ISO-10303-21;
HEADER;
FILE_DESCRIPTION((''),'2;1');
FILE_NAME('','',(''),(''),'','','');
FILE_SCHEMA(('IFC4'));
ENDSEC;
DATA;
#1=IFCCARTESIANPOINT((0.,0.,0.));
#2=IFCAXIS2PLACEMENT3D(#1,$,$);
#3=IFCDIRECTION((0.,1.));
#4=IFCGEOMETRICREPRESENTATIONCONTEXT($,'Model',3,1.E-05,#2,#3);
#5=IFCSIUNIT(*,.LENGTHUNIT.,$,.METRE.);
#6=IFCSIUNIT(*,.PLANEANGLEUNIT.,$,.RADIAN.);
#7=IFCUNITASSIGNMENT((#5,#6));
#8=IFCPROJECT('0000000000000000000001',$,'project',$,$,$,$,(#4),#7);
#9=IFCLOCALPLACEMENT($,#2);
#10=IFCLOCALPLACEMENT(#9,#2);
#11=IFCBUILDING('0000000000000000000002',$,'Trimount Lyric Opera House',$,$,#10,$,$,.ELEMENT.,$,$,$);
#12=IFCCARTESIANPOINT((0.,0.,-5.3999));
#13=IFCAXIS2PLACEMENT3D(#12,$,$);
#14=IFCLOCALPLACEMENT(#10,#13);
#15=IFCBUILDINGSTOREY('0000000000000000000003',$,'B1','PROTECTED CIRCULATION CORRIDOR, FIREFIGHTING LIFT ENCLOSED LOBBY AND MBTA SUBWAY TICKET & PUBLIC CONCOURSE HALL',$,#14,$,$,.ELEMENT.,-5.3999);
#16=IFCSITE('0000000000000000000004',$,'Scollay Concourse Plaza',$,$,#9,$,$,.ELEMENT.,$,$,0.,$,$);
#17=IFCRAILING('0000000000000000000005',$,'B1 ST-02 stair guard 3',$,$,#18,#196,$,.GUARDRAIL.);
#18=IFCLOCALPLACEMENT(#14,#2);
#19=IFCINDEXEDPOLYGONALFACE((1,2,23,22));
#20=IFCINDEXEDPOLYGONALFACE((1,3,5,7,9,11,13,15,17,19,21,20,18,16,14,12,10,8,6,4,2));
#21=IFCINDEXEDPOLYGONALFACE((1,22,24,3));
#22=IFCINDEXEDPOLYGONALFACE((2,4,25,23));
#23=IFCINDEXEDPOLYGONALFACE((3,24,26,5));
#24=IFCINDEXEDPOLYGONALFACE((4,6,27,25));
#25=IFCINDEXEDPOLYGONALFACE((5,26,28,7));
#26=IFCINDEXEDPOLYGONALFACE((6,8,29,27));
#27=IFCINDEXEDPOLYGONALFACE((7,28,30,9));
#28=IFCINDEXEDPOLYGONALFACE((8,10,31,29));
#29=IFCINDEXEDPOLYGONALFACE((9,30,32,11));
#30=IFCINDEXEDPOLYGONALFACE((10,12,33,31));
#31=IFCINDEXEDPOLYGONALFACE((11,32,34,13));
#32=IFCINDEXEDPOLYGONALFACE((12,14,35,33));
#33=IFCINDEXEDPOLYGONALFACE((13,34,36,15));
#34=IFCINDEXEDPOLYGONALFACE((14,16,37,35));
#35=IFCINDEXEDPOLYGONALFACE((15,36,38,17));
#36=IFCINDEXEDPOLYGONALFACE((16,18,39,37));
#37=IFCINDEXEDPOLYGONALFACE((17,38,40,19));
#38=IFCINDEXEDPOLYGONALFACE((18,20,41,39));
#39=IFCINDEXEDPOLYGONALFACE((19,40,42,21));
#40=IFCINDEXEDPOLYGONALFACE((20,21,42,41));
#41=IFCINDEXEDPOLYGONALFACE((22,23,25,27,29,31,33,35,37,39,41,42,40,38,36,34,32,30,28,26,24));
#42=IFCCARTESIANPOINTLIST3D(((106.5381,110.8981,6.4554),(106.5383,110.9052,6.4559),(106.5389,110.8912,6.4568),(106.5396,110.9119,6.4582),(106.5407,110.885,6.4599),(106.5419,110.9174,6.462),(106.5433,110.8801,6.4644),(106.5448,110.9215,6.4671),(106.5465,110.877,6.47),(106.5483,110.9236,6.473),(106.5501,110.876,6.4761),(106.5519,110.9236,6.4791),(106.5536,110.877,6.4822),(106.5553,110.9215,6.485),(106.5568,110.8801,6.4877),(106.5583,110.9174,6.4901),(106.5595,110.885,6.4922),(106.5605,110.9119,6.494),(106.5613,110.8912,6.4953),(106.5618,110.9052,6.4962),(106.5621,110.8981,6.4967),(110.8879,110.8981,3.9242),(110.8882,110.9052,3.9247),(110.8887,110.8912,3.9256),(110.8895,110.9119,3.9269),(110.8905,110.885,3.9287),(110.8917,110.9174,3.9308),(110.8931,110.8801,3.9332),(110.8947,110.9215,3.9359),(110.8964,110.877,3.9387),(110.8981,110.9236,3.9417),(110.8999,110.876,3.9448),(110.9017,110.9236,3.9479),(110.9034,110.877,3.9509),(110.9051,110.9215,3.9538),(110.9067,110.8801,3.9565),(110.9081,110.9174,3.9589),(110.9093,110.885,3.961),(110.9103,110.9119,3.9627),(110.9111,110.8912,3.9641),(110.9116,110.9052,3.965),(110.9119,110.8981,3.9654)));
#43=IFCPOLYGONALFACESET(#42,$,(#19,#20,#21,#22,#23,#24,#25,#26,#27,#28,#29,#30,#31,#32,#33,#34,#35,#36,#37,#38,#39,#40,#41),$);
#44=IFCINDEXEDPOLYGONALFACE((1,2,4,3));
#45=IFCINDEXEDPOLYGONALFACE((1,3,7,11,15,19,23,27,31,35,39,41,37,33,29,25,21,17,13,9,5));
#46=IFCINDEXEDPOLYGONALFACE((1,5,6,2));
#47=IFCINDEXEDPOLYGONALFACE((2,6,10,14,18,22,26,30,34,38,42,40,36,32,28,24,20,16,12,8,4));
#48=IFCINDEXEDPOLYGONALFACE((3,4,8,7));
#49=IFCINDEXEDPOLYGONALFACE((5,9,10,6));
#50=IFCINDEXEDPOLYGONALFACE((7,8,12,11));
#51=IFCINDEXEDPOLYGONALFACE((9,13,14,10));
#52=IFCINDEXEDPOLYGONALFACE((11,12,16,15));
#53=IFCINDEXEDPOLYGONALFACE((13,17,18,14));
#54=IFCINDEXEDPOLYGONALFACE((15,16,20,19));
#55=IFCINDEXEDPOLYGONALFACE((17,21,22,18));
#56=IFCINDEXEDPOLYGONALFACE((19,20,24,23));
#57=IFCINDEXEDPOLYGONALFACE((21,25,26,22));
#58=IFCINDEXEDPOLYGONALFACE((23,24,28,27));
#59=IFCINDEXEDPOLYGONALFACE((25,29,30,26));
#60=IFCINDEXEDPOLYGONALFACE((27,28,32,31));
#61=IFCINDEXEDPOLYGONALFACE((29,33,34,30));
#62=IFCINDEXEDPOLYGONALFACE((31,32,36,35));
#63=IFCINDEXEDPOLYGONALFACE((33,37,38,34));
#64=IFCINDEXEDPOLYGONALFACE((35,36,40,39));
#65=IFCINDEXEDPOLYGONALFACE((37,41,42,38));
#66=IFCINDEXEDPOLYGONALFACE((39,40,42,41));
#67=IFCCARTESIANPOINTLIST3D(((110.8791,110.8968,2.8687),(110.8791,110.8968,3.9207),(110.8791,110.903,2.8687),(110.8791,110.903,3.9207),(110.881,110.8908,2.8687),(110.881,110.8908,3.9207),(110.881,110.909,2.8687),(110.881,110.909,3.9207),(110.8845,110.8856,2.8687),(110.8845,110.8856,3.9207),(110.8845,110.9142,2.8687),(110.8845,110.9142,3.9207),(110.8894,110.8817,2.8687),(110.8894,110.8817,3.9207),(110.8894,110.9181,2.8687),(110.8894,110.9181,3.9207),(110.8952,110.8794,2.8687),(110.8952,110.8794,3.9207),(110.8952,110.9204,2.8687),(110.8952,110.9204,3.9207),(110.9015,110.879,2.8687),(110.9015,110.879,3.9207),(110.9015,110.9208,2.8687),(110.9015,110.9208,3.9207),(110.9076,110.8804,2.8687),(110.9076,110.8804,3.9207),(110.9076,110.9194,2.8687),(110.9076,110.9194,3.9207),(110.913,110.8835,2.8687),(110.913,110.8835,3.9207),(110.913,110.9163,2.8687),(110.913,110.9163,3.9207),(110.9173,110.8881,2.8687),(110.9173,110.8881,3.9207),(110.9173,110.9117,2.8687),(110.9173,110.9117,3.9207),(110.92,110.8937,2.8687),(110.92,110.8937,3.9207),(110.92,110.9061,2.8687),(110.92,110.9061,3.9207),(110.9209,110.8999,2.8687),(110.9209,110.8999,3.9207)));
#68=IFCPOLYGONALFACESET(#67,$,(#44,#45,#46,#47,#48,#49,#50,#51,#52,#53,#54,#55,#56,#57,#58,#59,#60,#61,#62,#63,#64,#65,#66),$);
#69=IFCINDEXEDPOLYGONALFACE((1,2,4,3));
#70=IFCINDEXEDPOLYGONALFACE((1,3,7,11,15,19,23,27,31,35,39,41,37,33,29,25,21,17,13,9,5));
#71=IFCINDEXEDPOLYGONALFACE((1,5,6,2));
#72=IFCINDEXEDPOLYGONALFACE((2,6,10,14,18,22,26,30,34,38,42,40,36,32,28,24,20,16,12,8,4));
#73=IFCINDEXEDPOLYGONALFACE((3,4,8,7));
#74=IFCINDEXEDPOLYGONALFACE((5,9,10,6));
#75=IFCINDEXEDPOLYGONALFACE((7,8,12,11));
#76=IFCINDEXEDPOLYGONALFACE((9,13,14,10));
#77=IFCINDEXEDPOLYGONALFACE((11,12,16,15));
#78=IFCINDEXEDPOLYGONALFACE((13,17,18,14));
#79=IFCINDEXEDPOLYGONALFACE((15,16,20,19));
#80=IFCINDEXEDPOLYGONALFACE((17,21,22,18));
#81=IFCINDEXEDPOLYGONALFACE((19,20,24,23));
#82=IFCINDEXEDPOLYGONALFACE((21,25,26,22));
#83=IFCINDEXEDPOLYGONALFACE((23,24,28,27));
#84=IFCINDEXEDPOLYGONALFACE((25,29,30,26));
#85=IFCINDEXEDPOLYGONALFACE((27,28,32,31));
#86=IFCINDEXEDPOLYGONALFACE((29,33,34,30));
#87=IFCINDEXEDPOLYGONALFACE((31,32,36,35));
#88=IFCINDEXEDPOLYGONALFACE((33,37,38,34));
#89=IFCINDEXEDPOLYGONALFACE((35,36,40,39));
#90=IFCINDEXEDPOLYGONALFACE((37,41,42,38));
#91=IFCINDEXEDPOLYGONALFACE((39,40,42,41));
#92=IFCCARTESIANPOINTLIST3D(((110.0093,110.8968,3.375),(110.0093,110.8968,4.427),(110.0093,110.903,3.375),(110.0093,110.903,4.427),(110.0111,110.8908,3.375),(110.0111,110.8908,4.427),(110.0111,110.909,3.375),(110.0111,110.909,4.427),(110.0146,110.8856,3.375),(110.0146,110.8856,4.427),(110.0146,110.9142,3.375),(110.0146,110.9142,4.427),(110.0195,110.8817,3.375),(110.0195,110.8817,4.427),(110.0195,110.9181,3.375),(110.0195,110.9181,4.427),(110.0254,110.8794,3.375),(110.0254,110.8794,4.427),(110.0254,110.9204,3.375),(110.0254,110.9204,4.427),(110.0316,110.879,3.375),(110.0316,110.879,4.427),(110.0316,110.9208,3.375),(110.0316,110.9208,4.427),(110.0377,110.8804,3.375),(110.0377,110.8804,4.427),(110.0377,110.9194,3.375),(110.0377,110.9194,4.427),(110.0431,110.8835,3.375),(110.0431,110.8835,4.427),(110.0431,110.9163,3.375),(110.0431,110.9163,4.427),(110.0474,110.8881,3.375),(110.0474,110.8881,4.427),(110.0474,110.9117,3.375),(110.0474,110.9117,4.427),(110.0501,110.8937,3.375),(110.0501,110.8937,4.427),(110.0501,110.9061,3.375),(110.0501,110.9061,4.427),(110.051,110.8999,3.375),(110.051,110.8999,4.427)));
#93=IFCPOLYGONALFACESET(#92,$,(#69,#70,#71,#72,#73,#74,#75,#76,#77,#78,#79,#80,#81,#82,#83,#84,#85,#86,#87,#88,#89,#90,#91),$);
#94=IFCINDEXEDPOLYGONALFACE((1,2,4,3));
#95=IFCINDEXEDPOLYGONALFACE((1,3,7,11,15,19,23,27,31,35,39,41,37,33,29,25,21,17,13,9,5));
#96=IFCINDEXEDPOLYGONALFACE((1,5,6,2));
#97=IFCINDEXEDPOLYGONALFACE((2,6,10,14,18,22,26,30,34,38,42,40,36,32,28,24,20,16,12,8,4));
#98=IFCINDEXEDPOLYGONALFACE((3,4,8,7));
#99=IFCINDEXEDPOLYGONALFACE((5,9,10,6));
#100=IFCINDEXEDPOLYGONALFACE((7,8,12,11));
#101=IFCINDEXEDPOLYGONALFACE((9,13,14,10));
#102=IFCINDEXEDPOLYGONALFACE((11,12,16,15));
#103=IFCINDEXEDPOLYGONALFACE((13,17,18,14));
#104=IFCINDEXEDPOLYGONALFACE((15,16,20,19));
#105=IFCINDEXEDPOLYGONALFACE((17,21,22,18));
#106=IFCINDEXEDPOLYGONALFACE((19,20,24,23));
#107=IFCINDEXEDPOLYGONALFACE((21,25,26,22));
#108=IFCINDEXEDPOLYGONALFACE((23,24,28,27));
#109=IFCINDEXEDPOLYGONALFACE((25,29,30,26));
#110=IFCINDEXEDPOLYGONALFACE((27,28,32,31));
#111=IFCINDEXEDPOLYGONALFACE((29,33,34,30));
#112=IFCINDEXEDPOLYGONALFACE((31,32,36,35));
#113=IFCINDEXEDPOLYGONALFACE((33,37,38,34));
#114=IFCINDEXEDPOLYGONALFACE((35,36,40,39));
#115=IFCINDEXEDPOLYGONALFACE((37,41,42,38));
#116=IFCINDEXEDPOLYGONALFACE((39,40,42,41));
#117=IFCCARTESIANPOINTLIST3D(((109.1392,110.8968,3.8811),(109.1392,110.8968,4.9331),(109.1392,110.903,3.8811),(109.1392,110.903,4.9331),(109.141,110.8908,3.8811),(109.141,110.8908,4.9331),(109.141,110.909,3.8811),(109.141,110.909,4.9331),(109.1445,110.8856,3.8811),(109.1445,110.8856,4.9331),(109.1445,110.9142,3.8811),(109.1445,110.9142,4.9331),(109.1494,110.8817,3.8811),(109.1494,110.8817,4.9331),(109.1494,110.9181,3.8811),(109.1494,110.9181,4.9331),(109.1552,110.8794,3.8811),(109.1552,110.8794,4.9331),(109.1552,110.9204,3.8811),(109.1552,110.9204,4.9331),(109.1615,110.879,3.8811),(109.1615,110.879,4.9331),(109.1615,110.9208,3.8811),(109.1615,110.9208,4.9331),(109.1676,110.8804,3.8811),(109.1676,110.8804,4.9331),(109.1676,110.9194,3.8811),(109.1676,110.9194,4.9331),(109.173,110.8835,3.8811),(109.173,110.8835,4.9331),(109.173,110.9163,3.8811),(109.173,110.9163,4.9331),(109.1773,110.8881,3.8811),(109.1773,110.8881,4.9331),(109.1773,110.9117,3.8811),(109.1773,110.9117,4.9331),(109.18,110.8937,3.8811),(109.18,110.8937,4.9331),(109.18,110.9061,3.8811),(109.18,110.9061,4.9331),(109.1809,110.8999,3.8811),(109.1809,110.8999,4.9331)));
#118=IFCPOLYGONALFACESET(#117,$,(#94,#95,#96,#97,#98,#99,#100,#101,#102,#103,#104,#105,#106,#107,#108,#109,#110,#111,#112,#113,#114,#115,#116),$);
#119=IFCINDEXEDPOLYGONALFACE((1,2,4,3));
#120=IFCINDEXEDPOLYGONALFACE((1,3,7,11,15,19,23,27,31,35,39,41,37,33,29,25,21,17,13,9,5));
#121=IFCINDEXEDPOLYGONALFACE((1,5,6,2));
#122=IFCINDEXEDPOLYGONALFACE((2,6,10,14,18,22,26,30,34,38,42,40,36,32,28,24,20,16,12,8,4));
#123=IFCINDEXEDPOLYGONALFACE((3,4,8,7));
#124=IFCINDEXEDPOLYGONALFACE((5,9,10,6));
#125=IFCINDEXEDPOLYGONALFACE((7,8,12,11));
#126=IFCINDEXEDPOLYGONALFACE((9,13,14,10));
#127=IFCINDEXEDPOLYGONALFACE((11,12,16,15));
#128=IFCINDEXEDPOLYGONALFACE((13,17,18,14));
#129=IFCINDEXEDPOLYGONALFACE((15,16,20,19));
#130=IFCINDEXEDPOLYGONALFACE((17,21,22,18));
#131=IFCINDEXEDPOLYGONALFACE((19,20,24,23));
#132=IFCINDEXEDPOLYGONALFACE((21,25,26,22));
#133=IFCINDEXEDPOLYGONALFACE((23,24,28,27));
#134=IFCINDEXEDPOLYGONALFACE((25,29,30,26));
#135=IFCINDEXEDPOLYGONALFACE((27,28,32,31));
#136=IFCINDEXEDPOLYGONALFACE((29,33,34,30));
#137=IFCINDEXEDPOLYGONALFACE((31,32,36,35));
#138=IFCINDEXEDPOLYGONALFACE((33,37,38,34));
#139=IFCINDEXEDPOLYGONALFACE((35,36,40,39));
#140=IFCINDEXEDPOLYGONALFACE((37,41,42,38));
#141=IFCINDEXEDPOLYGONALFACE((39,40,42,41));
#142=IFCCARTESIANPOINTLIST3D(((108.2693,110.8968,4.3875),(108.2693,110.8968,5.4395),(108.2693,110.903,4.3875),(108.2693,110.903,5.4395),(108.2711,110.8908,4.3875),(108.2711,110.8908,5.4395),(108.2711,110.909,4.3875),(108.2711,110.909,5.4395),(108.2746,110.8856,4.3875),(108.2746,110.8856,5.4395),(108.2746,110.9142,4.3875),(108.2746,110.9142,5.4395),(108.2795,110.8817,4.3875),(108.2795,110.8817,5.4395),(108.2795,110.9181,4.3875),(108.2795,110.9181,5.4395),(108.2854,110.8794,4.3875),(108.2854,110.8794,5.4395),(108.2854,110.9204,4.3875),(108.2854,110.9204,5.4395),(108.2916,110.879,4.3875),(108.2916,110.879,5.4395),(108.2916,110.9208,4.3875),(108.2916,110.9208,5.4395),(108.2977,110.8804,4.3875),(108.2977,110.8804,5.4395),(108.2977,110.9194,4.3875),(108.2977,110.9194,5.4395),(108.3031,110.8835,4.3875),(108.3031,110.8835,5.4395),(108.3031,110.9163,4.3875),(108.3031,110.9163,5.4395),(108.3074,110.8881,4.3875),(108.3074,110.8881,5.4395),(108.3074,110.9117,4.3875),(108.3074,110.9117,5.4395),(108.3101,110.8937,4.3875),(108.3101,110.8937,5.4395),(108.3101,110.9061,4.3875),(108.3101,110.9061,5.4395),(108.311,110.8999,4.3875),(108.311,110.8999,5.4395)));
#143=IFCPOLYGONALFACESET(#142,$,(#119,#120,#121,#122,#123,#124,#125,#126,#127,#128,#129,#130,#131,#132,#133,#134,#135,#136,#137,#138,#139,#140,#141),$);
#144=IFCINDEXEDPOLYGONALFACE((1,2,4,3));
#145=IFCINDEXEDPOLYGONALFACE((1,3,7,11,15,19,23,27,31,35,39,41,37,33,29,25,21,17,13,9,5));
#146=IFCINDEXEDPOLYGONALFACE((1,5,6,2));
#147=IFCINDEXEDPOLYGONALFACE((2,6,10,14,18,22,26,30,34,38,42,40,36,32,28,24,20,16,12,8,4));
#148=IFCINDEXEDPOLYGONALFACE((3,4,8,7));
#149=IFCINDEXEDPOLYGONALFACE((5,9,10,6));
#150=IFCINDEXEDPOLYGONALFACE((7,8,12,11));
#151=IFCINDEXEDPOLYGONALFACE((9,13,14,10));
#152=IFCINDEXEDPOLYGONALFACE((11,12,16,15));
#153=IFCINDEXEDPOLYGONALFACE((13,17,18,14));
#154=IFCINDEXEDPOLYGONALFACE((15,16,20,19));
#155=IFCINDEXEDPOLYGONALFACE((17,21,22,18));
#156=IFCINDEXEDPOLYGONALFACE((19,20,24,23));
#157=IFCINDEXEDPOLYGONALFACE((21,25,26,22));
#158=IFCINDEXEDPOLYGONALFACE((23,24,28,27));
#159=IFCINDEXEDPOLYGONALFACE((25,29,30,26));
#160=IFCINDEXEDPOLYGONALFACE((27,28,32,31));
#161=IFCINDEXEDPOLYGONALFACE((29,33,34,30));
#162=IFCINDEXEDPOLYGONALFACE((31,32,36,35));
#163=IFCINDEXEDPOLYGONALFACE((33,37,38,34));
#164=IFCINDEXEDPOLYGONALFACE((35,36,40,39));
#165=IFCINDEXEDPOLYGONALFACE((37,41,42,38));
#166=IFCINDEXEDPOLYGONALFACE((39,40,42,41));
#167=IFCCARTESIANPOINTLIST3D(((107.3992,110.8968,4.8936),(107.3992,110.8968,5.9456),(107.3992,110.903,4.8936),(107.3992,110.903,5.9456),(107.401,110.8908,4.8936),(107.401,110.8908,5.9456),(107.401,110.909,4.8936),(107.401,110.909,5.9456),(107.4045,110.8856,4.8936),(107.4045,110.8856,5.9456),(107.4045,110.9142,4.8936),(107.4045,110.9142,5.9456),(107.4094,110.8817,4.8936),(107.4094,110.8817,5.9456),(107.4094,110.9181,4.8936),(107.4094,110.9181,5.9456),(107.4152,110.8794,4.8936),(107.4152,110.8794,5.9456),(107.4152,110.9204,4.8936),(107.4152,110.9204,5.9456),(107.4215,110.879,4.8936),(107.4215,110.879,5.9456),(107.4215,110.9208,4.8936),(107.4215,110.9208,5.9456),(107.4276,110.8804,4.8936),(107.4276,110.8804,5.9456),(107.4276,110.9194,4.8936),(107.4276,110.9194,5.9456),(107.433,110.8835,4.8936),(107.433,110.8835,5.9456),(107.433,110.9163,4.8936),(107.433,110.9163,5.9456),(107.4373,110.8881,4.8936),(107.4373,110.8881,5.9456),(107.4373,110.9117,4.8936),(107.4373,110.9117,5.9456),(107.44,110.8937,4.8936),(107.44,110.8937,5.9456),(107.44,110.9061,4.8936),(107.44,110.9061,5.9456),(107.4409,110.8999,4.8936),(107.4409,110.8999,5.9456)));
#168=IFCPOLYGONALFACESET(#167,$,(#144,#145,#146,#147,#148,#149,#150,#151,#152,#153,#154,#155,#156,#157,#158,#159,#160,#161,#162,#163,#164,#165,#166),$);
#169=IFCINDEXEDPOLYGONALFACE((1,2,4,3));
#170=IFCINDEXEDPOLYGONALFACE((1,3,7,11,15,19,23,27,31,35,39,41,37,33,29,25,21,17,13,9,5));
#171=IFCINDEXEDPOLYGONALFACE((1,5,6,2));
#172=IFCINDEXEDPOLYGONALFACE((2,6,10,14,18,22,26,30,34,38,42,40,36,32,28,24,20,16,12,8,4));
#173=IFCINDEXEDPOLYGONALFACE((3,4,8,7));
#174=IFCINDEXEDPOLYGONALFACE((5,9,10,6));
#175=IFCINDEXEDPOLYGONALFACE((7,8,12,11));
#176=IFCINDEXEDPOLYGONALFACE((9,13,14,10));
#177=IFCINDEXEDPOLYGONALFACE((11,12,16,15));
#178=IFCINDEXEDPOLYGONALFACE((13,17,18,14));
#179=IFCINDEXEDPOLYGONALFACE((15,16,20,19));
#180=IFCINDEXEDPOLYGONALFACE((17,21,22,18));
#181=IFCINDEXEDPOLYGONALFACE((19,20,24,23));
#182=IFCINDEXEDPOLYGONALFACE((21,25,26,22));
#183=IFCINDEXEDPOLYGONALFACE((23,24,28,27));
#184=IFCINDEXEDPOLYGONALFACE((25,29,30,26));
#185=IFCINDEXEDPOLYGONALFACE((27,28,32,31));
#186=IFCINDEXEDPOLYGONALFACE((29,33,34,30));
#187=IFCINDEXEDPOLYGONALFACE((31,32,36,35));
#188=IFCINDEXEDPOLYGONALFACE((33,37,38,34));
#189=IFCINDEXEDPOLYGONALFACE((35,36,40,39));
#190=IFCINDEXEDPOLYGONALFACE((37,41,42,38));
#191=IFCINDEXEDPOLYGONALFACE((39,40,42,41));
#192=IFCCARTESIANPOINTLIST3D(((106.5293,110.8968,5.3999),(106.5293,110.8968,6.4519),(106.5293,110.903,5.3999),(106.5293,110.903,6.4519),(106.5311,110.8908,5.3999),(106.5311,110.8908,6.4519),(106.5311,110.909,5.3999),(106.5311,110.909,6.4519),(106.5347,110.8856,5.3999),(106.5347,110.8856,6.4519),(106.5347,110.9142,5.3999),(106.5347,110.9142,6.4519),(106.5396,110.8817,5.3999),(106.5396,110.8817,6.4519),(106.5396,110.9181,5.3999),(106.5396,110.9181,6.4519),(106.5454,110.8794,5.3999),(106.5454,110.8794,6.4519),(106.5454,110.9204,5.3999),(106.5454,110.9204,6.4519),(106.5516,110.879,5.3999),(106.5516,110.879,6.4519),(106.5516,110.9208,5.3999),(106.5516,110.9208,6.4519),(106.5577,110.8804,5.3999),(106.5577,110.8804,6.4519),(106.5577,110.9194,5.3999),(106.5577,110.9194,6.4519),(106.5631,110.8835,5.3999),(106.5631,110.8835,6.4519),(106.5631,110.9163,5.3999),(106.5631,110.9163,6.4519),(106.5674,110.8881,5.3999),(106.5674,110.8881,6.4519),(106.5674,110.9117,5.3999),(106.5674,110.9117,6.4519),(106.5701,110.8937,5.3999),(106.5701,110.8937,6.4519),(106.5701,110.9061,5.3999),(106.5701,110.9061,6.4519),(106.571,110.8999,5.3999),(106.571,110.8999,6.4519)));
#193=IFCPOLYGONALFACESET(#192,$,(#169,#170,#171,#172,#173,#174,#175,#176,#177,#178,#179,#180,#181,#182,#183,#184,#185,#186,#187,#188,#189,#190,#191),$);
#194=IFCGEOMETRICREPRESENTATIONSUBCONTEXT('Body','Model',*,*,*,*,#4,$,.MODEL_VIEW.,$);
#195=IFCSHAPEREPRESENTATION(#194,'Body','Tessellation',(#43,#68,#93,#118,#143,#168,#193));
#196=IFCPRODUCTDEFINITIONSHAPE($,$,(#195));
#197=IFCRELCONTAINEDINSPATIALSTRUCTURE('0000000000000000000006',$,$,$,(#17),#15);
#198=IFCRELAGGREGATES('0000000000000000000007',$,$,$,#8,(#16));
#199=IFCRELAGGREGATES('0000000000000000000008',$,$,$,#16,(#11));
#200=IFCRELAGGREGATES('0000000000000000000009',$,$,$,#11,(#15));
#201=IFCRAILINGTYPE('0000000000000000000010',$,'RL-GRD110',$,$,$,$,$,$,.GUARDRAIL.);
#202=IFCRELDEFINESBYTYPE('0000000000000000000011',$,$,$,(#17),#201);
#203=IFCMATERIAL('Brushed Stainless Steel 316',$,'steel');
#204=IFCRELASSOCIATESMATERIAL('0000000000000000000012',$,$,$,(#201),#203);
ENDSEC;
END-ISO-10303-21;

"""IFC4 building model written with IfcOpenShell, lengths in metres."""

from ifc_helpers import new_model, si_unit, direction, frame, origin, origin_2d, place, context, subcontext, project, spatial, circle, extrude, material, type_object, element, save


model = new_model("IFC4")

# Units and contexts
model_context = context("Model", 3, precision=1e-05, world=origin(), true_north=direction((0.0, 1.0)))
body_context = subcontext(model_context, "Body", "Model", "MODEL_VIEW")
ifc_project = project(units=[si_unit("LENGTHUNIT", "METRE"), si_unit("PLANEANGLEUNIT", "RADIAN")], contexts=[model_context])

# Site, building, storey
site_placement = place(None, origin())
site = spatial("IfcSite", under=ifc_project, at=site_placement, Name="Scollay Concourse Plaza", CompositionType="ELEMENT", RefElevation=0.0)
building_placement = place(site_placement, origin())
building = spatial("IfcBuilding", under=site, at=building_placement, Name="Trimount Lyric Opera House", CompositionType="ELEMENT")
storey_placement = place(building_placement, frame((0.0, 0.0, -5.3999)))
storey = spatial("IfcBuildingStorey", under=building, at=storey_placement, Name="B1", Description="PROTECTED CIRCULATION CORRIDOR, FIREFIGHTING LIFT ENCLOSED LOBBY AND MBTA SUBWAY TICKET & PUBLIC CONCOURSE HALL", CompositionType="ELEMENT", Elevation=-5.3999)

# Railing
ifc_material_1 = material(Name="Brushed Stainless Steel 316", Category="steel")
railing_type_1 = type_object("IfcRailingType", Name="RL-GRD110", PredefinedType="GUARDRAIL", material=ifc_material_1)
railing_1_placement = place(storey_placement, frame((110.8999, 110.8999, 2.8687)))
element("IfcRailing", 1, at=railing_1_placement, inside=storey, type_object=railing_type_1, Name="B1 ST-02 stair guard 3", PredefinedType="GUARDRAIL", context=body_context, shape_type="SweptSolid", body=[
    extrude(circle(Radius=0.0239, at=origin_2d()), frame((0.0, 0.0, 1.0762), z_axis=(-0.864312, 0.0, 0.502957), x_axis=(0.0, -1.0, 0.0)), (0.0, 0.0, 1.0), 5.0327),
    extrude(circle(Radius=0.021, at=origin_2d()), origin(), (0.0, 0.0, 1.0), 1.052),
    extrude(circle(Radius=0.021, at=origin_2d()), frame((-0.8699, 0.0, 0.5063)), (0.0, 0.0, 1.0), 1.052),
    extrude(circle(Radius=0.021, at=origin_2d()), frame((-1.74, 0.0, 1.0125)), (0.0, 0.0, 1.0), 1.052),
    extrude(circle(Radius=0.021, at=origin_2d()), frame((-2.6099, 0.0, 1.5188)), (0.0, 0.0, 1.0), 1.052),
    extrude(circle(Radius=0.021, at=origin_2d()), frame((-3.48, 0.0, 2.0249)), (0.0, 0.0, 1.0), 1.052),
    extrude(circle(Radius=0.021, at=origin_2d()), frame((-4.3499, 0.0, 2.5312)), (0.0, 0.0, 1.0), 1.052),
])

save(model, "model.ifc")
